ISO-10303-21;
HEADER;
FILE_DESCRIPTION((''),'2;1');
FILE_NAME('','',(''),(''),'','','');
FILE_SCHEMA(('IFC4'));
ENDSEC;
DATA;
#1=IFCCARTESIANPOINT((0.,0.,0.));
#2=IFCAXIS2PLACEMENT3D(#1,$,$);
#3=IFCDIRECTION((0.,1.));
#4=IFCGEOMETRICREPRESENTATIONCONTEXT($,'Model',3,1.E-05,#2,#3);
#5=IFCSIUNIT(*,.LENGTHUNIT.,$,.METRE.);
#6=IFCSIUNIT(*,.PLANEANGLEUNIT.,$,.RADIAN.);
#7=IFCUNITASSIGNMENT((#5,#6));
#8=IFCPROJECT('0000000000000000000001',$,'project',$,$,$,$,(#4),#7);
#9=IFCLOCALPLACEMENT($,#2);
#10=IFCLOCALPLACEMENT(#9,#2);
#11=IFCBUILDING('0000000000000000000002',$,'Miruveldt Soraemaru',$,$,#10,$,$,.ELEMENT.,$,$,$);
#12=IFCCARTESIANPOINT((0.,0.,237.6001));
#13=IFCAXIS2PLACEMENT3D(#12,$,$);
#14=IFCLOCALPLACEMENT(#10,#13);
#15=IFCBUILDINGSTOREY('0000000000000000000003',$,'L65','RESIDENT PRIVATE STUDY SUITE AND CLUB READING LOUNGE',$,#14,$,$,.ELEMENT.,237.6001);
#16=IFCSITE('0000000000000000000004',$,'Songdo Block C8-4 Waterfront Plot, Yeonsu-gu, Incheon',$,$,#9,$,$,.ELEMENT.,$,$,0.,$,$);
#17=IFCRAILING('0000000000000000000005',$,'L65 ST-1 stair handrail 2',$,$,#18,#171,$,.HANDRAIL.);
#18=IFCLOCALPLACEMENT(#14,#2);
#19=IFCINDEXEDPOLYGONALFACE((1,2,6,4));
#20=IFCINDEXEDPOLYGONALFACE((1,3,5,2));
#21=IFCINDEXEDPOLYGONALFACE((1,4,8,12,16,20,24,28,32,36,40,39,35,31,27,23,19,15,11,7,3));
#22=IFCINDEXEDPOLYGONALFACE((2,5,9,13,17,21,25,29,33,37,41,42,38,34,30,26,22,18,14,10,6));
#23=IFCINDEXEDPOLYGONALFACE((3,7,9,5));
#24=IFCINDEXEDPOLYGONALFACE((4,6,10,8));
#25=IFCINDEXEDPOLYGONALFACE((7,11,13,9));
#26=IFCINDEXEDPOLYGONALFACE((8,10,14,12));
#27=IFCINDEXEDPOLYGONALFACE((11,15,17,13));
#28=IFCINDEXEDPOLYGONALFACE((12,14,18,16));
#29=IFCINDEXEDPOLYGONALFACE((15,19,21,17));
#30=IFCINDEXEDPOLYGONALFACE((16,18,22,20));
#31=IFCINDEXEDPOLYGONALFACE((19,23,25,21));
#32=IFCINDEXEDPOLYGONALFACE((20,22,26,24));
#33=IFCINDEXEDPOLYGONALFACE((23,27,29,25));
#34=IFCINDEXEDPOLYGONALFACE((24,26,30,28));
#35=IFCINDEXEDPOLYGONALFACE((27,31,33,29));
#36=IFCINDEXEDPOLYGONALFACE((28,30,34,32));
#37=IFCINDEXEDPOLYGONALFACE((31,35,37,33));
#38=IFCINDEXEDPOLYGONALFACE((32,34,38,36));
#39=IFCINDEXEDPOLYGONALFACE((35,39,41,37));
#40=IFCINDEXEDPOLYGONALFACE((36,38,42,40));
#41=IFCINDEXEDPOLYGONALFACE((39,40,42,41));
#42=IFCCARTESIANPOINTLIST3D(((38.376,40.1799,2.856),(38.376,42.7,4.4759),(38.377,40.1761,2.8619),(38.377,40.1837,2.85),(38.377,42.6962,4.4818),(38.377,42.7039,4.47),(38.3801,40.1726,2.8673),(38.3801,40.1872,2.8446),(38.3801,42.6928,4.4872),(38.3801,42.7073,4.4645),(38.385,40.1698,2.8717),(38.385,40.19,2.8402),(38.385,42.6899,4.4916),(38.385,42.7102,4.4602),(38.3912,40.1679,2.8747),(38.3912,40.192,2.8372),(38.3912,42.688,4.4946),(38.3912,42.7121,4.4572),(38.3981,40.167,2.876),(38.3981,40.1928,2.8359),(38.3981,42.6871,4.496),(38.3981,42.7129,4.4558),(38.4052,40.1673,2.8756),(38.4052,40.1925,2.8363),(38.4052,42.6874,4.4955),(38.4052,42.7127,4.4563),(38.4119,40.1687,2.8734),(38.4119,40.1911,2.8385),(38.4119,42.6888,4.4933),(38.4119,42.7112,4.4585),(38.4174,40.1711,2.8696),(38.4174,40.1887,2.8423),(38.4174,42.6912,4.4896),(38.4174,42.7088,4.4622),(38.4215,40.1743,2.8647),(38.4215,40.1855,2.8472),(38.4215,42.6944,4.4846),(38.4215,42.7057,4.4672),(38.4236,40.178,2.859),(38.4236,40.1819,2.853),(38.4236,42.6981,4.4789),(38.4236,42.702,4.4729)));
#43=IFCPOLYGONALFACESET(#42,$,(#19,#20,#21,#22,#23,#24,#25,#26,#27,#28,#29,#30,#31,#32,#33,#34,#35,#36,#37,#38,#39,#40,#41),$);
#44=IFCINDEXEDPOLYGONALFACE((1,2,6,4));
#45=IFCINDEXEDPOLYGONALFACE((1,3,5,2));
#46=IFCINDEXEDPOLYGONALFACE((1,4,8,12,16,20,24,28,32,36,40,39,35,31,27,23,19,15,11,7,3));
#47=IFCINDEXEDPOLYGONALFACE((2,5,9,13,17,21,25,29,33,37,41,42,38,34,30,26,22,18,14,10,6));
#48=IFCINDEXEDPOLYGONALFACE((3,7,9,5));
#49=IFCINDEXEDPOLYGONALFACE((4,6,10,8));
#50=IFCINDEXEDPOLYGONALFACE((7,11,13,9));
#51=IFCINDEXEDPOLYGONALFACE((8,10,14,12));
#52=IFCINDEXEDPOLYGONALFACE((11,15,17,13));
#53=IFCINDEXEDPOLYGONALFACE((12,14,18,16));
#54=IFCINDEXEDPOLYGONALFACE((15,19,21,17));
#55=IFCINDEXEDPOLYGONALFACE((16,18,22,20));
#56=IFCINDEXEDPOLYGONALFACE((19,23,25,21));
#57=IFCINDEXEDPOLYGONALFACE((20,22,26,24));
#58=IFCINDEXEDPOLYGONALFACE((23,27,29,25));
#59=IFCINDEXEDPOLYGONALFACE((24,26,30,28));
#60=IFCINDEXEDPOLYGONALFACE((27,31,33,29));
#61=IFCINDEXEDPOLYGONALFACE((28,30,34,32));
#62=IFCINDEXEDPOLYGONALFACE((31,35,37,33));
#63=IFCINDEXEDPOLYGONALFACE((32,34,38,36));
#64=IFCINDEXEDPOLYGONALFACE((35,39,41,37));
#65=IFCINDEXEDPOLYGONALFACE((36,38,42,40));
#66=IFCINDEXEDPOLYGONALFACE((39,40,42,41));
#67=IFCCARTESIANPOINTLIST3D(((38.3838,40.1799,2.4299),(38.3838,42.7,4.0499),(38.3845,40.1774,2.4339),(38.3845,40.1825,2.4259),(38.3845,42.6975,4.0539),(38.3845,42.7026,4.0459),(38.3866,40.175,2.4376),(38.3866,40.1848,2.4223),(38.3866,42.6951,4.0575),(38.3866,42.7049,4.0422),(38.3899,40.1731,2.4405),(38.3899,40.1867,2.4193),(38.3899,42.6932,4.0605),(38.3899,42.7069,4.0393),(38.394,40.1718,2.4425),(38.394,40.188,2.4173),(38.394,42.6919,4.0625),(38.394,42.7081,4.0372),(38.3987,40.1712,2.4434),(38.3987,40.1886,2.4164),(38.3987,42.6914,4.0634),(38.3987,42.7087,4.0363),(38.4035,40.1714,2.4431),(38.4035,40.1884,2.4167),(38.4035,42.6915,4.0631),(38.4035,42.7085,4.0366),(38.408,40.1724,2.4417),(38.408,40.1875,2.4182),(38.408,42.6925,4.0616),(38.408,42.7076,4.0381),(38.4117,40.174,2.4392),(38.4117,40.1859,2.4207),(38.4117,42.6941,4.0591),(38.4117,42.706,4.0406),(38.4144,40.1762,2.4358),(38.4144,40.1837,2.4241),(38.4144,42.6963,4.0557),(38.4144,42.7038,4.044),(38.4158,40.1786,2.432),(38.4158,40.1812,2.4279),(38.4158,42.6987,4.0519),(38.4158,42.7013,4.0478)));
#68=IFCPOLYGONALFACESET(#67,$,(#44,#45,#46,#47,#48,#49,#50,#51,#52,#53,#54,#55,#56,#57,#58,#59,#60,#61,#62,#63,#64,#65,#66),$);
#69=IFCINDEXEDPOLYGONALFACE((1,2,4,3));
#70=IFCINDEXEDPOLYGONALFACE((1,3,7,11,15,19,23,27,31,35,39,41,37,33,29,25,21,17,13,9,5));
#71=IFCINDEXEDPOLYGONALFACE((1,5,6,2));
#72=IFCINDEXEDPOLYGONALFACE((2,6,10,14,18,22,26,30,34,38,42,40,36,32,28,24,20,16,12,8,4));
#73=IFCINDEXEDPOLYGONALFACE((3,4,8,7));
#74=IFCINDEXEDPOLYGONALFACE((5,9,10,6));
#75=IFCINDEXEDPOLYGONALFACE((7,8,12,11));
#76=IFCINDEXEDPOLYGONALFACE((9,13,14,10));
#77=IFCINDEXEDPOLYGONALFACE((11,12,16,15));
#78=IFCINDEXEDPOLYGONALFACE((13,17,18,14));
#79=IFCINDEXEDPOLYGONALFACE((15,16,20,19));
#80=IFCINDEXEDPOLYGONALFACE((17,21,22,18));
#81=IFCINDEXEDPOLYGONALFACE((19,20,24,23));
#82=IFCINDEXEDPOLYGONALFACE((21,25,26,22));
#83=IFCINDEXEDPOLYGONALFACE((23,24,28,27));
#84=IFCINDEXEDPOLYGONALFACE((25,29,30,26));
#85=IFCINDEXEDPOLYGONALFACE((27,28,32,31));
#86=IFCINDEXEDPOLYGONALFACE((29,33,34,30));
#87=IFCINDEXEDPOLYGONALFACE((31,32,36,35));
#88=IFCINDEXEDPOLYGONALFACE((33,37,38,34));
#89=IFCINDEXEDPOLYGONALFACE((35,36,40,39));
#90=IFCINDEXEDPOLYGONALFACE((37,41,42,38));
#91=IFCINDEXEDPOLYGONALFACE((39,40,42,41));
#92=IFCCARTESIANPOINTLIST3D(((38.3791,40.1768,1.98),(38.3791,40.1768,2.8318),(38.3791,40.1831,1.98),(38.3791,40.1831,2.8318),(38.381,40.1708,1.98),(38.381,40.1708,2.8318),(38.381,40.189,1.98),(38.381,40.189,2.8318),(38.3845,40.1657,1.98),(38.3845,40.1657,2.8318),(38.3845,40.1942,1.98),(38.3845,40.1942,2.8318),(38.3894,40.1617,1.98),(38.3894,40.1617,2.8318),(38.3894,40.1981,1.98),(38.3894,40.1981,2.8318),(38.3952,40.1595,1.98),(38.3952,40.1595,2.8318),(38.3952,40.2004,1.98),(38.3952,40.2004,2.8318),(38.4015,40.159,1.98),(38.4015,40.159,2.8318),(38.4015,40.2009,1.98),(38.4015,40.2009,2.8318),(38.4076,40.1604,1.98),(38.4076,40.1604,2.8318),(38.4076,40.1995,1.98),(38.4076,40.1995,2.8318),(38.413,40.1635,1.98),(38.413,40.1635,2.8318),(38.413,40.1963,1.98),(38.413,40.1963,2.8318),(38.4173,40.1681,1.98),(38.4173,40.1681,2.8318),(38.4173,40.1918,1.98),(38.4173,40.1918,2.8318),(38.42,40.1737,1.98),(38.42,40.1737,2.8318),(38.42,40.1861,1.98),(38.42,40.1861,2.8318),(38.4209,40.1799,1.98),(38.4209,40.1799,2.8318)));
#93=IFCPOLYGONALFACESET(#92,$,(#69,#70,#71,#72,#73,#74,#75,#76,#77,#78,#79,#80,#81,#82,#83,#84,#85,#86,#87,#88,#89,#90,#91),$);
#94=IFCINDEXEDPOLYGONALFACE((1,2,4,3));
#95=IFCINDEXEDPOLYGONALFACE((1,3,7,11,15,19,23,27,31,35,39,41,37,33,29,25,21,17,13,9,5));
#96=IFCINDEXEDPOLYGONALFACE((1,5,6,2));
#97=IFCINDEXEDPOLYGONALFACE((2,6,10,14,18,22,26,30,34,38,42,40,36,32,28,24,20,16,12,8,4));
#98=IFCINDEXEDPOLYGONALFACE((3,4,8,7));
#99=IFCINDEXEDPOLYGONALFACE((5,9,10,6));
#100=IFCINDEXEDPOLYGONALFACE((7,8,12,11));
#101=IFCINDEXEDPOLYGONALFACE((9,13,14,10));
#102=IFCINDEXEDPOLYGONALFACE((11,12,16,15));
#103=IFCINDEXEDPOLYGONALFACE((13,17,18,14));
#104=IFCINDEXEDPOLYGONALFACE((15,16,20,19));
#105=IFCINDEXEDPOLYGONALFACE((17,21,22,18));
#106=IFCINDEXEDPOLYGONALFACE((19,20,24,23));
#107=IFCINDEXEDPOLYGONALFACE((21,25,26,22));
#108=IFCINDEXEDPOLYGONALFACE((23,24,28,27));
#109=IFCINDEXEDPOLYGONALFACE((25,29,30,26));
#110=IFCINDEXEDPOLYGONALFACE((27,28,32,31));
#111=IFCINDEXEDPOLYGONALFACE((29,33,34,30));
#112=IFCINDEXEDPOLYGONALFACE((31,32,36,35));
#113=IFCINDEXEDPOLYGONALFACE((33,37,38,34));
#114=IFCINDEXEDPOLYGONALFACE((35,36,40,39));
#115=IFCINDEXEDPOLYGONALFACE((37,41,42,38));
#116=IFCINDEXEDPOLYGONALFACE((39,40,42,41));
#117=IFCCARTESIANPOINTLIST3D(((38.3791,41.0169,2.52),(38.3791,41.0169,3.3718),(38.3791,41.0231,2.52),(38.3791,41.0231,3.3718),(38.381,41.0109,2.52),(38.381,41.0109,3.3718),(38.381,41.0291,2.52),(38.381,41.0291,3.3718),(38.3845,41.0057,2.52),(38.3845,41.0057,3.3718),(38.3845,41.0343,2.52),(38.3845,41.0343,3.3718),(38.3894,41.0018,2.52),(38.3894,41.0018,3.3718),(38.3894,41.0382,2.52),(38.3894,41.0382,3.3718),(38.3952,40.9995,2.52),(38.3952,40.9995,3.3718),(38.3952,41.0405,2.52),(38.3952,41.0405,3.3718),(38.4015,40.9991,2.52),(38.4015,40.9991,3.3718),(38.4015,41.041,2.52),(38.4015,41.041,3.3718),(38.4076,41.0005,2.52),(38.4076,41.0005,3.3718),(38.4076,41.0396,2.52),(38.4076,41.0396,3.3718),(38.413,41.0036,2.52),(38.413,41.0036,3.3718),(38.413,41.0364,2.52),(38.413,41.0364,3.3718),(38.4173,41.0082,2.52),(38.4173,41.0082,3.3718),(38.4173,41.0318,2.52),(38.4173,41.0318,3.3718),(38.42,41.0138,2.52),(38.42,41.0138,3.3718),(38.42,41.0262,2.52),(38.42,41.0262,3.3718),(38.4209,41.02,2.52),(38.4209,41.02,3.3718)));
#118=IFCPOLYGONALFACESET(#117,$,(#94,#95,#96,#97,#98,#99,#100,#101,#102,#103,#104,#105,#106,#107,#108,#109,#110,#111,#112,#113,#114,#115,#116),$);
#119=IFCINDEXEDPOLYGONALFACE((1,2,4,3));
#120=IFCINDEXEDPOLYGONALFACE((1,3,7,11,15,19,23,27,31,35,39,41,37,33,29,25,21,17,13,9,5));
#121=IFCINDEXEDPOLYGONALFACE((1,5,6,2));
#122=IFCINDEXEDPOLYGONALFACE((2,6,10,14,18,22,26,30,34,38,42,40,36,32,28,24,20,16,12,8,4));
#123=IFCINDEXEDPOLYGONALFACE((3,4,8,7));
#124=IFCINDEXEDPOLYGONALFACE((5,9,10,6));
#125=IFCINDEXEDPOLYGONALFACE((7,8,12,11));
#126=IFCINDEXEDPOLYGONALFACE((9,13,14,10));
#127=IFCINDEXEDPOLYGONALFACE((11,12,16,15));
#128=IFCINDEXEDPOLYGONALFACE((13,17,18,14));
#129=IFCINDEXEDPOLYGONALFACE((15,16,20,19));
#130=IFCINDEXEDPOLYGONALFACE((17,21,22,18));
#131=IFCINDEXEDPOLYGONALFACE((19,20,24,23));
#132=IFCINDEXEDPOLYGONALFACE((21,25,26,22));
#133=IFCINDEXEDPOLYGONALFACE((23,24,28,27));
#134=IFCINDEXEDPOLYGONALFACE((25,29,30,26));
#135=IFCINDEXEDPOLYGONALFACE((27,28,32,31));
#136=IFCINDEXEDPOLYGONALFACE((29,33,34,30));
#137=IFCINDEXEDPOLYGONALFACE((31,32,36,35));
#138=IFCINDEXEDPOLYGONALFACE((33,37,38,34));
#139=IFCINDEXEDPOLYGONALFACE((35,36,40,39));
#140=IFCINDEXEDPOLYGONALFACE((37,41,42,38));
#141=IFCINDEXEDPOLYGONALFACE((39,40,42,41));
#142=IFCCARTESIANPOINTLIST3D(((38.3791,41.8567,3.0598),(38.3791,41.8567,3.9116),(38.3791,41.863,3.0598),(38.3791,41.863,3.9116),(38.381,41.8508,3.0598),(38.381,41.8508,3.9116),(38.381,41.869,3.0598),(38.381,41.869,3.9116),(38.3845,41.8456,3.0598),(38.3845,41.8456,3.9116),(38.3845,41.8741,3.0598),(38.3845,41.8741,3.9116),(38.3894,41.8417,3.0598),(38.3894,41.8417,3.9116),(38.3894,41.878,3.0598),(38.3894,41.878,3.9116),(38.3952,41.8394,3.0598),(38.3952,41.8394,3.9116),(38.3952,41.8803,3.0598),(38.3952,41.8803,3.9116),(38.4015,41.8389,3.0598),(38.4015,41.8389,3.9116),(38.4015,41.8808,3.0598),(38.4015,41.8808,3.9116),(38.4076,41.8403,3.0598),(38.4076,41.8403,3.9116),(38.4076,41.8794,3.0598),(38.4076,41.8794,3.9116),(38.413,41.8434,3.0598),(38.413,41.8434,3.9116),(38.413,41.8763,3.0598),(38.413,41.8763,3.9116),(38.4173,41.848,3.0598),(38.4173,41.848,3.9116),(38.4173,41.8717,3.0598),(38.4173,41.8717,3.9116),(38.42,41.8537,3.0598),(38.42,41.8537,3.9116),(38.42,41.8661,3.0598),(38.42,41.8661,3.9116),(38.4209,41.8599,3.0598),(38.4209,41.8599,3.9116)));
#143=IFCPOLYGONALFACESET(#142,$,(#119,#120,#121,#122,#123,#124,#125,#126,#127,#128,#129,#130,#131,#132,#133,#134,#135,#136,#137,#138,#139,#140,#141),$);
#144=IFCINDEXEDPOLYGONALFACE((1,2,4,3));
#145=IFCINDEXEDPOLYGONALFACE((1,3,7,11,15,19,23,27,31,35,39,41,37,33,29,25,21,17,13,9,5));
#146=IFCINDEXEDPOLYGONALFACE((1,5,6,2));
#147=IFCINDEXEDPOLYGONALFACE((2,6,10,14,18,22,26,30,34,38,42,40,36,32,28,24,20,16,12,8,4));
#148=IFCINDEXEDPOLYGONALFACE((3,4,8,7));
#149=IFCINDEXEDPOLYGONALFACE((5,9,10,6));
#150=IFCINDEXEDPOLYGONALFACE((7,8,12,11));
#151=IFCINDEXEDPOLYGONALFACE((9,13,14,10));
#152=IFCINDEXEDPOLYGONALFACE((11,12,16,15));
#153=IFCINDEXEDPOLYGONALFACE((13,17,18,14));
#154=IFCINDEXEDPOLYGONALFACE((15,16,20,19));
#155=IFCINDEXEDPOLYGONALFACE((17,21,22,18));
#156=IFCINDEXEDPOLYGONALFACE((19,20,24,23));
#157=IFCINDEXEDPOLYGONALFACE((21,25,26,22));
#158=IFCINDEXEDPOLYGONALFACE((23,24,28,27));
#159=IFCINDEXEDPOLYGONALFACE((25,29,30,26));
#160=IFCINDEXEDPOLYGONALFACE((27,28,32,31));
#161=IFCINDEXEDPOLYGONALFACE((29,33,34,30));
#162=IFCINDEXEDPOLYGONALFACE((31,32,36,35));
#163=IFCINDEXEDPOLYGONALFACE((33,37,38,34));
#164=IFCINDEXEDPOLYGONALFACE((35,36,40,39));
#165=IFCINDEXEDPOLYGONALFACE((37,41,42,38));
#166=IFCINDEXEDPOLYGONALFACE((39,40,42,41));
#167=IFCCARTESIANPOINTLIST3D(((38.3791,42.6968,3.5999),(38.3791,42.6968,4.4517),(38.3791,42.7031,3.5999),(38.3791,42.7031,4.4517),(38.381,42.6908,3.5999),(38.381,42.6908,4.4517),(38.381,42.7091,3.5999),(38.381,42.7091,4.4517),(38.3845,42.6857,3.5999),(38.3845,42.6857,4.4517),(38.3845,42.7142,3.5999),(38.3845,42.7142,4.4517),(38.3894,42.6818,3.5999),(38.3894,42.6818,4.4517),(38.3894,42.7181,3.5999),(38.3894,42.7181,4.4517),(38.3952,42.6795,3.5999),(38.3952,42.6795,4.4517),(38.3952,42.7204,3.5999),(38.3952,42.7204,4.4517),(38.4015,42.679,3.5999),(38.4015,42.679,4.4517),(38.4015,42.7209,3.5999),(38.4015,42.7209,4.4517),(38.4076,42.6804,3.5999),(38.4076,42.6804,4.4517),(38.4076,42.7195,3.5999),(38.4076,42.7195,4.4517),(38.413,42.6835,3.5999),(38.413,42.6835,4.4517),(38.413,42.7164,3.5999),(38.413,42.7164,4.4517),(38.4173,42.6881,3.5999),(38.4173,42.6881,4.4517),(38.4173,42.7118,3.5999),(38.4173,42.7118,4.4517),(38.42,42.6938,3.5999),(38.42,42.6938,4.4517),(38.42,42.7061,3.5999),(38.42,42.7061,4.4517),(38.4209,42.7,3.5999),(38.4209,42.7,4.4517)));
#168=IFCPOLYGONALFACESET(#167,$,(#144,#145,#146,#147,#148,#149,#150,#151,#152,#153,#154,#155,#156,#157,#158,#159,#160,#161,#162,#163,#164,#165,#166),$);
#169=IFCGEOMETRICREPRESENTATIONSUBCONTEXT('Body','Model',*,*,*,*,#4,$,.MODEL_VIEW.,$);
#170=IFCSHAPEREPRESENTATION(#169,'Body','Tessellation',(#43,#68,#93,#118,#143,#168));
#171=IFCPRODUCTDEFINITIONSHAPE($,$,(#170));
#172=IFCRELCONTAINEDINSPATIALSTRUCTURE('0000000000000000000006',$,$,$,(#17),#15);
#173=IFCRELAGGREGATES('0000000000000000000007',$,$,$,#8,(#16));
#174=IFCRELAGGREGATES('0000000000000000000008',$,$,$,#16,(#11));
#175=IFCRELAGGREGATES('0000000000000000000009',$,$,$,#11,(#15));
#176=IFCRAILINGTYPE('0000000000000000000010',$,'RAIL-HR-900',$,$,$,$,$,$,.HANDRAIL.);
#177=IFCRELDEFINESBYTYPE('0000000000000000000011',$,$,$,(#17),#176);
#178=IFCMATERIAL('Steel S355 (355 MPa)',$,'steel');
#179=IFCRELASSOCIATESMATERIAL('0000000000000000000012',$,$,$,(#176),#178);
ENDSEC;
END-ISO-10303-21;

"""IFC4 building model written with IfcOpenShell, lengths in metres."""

from ifc_helpers import new_model, si_unit, direction, frame, origin, origin_2d, place, context, subcontext, project, spatial, circle, extrude, material, type_object, element, save


model = new_model("IFC4")

# Units and contexts
model_context = context("Model", 3, precision=1e-05, world=origin(), true_north=direction((0.0, 1.0)))
body_context = subcontext(model_context, "Body", "Model", "MODEL_VIEW")
ifc_project = project(units=[si_unit("LENGTHUNIT", "METRE"), si_unit("PLANEANGLEUNIT", "RADIAN")], contexts=[model_context])

# Site, building, storey
site_placement = place(None, origin())
site = spatial("IfcSite", under=ifc_project, at=site_placement, Name="Songdo Block C8-4 Waterfront Plot, Yeonsu-gu, Incheon", CompositionType="ELEMENT", RefElevation=0.0)
building_placement = place(site_placement, origin())
building = spatial("IfcBuilding", under=site, at=building_placement, Name="Miruveldt Soraemaru", CompositionType="ELEMENT")
storey_placement = place(building_placement, frame((0.0, 0.0, 237.6001)))
storey = spatial("IfcBuildingStorey", under=building, at=storey_placement, Name="L65", Description="RESIDENT PRIVATE STUDY SUITE AND CLUB READING LOUNGE", CompositionType="ELEMENT", Elevation=237.6001)

# Railing
ifc_material_1 = material(Name="Steel S355 (355 MPa)", Category="steel")
railing_type_1 = type_object("IfcRailingType", Name="RAIL-HR-900", PredefinedType="HANDRAIL", material=ifc_material_1)
railing_1_placement = place(storey_placement, frame((38.3999, 40.1799, 1.98)))
element("IfcRailing", 1, at=railing_1_placement, inside=storey, type_object=railing_type_1, Name="L65 ST-1 stair handrail 2", PredefinedType="HANDRAIL", context=body_context, shape_type="SweptSolid", body=[
    extrude(circle(Radius=0.0239, at=origin_2d()), frame((0.0, 0.0, 0.876), z_axis=(0.0, 0.8412, 0.540725), x_axis=(-1.0, 0.0, 0.0)), (0.0, 0.0, 1.0), 2.9958),
    extrude(circle(Radius=0.0161, at=origin_2d()), frame((0.0, 0.0, 0.45), z_axis=(0.0, 0.8412, 0.540725), x_axis=(-1.0, 0.0, 0.0)), (0.0, 0.0, 1.0), 2.9958),
    extrude(circle(Radius=0.021, at=origin_2d()), origin(), (0.0, 0.0, 1.0), 0.8518),
    extrude(circle(Radius=0.021, at=origin_2d()), frame((0.0, 0.8401, 0.54)), (0.0, 0.0, 1.0), 0.8518),
    extrude(circle(Radius=0.021, at=origin_2d()), frame((0.0, 1.6799, 1.0798)), (0.0, 0.0, 1.0), 0.8518),
    extrude(circle(Radius=0.021, at=origin_2d()), frame((0.0, 2.52, 1.6199)), (0.0, 0.0, 1.0), 0.8518),
])

save(model, "model.ifc")
